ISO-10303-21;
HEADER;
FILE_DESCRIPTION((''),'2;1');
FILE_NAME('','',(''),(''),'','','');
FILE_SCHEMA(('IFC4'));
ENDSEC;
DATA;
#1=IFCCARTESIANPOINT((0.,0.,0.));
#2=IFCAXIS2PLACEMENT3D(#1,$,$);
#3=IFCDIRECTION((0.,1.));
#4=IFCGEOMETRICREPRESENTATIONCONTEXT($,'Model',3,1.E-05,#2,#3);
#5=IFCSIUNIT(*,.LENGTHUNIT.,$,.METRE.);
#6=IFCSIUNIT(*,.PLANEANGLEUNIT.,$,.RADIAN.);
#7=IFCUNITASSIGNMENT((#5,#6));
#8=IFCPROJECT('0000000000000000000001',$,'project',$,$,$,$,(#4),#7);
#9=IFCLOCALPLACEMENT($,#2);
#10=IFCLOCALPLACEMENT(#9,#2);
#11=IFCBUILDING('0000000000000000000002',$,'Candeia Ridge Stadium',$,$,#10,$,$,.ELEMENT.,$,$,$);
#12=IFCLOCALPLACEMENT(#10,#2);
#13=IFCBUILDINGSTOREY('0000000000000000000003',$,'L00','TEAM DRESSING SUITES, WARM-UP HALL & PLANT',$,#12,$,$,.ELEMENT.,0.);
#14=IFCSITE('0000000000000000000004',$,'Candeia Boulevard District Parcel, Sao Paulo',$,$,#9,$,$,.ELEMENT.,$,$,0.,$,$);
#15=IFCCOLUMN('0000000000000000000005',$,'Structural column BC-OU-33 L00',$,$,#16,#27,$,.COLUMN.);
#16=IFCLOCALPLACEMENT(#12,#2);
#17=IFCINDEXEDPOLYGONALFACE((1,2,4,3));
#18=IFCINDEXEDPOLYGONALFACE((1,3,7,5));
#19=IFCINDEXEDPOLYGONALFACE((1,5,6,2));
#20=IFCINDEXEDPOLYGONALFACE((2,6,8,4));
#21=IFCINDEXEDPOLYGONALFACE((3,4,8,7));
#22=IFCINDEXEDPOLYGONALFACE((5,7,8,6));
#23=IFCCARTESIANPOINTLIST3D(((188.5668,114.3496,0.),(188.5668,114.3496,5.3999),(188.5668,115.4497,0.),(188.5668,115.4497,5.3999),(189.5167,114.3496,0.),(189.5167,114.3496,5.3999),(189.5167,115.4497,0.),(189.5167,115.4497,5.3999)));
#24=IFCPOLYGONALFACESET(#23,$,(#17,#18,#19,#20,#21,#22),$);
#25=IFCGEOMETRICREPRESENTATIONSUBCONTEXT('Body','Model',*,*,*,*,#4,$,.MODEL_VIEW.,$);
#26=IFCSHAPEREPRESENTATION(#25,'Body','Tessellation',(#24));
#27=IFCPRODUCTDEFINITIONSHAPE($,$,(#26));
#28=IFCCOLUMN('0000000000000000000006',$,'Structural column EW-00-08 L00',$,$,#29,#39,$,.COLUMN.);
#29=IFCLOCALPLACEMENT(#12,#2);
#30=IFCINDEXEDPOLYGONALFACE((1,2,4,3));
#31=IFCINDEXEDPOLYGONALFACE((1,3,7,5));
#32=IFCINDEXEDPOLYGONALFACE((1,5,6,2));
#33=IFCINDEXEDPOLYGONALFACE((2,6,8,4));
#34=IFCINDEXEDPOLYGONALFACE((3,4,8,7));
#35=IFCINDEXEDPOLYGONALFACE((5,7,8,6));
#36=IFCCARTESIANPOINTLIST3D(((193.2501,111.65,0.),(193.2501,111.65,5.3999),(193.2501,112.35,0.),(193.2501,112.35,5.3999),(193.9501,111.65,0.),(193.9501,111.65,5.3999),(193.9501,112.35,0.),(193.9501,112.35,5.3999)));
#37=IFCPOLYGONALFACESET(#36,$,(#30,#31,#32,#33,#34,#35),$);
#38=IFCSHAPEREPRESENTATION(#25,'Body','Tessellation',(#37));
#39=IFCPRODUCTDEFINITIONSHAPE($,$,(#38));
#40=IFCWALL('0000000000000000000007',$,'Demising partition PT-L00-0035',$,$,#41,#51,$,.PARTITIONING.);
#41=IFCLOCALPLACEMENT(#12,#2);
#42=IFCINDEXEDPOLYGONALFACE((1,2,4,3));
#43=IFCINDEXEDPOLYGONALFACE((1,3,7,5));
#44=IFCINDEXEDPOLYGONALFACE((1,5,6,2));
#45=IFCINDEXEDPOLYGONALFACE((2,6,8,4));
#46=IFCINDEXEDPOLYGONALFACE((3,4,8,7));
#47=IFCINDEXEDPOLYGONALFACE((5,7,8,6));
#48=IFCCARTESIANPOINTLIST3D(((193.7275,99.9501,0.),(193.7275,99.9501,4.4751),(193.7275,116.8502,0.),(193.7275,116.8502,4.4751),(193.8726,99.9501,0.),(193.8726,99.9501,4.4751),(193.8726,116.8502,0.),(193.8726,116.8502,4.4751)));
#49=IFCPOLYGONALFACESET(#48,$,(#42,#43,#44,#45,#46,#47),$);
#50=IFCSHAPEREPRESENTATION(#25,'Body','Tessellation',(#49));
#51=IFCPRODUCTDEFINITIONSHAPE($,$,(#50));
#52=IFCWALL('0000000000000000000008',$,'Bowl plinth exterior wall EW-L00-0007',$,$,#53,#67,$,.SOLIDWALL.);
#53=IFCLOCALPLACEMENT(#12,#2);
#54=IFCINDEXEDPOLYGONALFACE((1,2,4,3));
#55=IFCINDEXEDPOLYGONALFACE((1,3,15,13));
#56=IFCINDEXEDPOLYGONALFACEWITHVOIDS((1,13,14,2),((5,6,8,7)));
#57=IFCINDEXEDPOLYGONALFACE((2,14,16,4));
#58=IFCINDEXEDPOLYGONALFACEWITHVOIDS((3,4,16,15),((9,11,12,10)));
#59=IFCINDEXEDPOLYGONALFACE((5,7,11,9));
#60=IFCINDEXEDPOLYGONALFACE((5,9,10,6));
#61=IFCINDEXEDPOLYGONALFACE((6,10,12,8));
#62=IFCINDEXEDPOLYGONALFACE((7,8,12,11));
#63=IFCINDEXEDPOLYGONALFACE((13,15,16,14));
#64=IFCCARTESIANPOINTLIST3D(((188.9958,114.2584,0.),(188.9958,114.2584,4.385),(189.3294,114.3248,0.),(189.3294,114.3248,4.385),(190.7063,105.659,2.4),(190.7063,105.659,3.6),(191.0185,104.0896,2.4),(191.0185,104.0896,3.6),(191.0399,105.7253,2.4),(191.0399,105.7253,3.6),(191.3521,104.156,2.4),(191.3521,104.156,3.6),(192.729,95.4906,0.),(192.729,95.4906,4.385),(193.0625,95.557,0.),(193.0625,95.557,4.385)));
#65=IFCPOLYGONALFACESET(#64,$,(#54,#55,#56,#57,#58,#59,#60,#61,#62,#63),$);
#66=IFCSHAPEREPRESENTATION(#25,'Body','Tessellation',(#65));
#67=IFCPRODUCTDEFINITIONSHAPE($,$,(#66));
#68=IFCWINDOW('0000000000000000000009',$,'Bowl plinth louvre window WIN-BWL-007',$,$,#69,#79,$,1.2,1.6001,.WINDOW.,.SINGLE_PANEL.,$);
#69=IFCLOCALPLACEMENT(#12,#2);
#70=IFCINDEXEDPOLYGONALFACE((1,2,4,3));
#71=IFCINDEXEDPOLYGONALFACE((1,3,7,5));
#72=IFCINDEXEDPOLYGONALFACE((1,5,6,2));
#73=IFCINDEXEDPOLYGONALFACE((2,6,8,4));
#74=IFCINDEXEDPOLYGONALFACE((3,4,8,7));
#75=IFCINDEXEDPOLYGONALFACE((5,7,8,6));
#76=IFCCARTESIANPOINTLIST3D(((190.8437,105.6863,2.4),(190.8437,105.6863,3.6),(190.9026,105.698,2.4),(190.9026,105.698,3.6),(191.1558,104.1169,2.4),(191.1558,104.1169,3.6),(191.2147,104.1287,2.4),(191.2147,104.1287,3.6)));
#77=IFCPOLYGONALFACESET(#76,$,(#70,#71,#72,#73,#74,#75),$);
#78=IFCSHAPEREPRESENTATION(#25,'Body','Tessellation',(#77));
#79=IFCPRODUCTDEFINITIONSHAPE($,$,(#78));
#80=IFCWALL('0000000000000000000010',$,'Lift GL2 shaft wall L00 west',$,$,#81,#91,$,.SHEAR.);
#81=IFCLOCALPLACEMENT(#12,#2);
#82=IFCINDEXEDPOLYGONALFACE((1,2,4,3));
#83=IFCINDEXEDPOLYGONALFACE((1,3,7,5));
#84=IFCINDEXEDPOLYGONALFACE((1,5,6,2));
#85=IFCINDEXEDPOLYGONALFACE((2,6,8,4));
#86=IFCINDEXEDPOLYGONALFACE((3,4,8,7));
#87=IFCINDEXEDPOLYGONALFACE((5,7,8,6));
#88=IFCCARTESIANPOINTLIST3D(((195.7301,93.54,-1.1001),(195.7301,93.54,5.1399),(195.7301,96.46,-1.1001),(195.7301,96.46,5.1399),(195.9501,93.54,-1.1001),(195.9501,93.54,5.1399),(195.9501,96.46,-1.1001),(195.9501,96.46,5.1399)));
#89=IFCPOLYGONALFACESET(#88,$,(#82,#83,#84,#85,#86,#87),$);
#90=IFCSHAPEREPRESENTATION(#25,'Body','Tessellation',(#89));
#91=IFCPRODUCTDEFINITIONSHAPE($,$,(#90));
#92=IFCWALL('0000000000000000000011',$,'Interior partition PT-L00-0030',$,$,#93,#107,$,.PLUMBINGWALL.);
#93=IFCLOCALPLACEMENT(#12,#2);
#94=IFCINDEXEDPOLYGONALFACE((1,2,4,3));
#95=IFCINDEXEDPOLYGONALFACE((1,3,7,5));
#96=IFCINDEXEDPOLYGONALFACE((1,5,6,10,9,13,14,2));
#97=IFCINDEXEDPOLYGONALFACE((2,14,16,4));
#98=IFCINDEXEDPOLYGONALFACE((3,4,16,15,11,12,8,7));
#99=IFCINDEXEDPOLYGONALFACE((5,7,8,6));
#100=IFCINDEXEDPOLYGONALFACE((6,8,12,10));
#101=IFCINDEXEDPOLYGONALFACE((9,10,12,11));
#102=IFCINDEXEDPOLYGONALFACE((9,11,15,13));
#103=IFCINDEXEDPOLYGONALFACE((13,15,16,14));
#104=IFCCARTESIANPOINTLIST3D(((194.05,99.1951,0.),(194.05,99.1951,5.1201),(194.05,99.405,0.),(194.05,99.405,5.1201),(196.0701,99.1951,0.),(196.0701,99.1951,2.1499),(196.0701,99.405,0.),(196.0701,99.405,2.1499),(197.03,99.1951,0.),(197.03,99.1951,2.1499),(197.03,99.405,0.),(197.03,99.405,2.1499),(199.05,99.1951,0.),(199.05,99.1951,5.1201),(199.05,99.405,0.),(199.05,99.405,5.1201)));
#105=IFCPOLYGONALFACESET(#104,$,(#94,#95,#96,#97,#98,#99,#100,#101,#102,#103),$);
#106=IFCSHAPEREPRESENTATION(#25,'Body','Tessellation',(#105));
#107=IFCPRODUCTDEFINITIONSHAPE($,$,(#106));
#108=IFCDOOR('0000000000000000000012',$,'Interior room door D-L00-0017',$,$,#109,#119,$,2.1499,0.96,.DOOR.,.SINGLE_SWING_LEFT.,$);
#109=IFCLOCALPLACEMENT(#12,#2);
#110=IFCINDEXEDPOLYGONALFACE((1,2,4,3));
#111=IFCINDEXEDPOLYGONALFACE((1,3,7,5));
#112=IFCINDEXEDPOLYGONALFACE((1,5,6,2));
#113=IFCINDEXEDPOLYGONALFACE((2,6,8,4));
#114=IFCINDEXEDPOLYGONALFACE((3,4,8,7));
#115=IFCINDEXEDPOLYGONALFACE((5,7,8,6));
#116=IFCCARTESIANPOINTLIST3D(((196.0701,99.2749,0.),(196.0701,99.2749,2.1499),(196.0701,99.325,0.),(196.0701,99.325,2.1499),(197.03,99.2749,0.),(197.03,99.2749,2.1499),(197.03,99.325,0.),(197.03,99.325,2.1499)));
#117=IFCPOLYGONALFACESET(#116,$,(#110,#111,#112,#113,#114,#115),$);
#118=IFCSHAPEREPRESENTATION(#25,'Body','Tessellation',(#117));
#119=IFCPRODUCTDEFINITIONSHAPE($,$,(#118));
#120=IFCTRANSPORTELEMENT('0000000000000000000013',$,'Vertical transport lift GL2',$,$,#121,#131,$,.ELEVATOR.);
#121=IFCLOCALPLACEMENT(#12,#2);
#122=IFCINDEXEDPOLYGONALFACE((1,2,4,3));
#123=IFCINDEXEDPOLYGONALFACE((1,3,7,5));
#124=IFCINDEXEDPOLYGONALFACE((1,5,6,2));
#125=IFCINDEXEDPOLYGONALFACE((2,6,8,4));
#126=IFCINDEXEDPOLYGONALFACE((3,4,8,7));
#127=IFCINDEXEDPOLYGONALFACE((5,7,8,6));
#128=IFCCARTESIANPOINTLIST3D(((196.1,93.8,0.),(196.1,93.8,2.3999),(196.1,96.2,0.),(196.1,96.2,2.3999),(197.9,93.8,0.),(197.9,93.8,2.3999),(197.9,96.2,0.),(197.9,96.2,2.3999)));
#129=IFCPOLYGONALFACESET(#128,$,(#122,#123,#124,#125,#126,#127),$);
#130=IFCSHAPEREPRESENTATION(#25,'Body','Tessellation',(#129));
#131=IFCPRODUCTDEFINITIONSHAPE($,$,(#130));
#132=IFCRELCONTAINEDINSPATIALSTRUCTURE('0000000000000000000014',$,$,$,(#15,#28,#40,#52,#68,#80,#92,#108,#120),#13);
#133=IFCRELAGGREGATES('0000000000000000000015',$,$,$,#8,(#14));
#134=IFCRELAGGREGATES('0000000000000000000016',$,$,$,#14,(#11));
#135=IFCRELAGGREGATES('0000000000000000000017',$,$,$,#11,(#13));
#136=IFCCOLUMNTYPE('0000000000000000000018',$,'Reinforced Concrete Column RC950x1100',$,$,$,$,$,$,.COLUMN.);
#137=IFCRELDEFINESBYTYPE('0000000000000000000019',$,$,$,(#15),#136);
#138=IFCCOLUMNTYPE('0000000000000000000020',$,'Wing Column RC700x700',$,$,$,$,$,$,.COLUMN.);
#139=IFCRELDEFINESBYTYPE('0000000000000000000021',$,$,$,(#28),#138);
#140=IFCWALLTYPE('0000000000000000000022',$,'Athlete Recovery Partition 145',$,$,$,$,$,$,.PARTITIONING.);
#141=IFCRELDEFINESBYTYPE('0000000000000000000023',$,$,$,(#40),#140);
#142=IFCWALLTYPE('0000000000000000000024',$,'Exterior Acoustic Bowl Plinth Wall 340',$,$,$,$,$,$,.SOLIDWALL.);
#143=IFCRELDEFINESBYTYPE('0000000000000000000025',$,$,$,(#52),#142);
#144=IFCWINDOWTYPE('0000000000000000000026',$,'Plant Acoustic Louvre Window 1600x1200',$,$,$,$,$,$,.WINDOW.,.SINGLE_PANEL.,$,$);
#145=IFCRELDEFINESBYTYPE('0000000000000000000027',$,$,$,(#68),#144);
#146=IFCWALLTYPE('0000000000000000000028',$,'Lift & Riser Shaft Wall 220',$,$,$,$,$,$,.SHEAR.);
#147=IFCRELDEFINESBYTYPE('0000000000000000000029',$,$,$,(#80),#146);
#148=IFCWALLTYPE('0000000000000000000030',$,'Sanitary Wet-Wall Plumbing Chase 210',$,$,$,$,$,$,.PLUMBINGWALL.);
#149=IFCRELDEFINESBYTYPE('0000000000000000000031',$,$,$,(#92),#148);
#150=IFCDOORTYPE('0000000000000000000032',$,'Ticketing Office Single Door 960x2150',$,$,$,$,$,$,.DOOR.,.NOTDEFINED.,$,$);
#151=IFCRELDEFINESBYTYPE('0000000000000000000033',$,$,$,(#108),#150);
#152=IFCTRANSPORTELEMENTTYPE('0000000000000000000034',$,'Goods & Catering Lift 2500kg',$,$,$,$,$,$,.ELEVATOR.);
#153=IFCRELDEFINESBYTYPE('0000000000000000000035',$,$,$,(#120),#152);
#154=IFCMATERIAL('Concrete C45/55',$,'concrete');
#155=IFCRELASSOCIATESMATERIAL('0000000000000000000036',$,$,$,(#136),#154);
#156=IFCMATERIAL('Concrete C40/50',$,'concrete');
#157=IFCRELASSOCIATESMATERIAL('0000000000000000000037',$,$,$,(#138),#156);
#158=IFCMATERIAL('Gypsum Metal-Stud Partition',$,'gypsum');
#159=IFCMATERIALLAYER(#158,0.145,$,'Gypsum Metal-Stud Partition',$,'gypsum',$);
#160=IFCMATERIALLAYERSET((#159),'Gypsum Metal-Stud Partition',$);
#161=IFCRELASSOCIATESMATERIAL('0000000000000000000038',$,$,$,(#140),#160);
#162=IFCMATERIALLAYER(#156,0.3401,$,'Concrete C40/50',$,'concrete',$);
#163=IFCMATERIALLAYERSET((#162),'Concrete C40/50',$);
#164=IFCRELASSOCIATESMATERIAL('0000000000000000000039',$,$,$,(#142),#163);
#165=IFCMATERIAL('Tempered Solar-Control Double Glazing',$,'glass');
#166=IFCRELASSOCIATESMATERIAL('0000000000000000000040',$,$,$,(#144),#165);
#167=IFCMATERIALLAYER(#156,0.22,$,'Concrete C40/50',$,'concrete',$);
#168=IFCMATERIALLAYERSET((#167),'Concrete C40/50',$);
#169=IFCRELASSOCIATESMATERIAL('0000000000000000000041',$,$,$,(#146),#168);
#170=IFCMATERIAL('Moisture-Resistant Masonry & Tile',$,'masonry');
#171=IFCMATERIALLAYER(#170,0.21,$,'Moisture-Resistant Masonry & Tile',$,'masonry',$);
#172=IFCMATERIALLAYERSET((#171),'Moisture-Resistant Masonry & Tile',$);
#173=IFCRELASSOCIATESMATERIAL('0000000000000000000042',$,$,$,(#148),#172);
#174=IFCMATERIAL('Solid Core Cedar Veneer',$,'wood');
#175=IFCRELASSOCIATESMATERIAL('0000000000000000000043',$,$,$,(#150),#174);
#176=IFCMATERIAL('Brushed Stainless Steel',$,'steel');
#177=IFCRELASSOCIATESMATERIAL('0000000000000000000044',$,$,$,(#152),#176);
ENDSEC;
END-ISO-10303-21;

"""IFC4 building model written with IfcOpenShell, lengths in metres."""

from ifc_helpers import new_model, si_unit, direction, frame, frame_2d, origin, origin_2d, place, context, subcontext, project, spatial, rectangle, extrude, material, layer, layer_set, material_profile, profile_set, type_object, element, fill, save


model = new_model("IFC4")

# Units and contexts
model_context = context("Model", 3, precision=1e-05, world=origin(), true_north=direction((0.0, 1.0)))
body_context = subcontext(model_context, "Body", "Model", "MODEL_VIEW")
ifc_project = project(units=[si_unit("LENGTHUNIT", "METRE"), si_unit("PLANEANGLEUNIT", "RADIAN")], contexts=[model_context])

# Site, building, storey
site_placement = place(None, origin())
site = spatial("IfcSite", under=ifc_project, at=site_placement, Name="Candeia Boulevard District Parcel, Sao Paulo", CompositionType="ELEMENT", RefElevation=0.0)
building_placement = place(site_placement, origin())
building = spatial("IfcBuilding", under=site, at=building_placement, Name="Candeia Ridge Stadium", CompositionType="ELEMENT")
storey_placement = place(building_placement, origin())
storey = spatial("IfcBuildingStorey", under=building, at=storey_placement, Name="L00", Description="TEAM DRESSING SUITES, WARM-UP HALL & PLANT", CompositionType="ELEMENT", Elevation=0.0)

# Shared definitions
ifc_material_1 = material(Name="Concrete C40/50", Category="concrete")

# Columns
ifc_material_2 = material(Name="Concrete C45/55", Category="concrete")
ifc_material_profile_1 = material_profile(ifc_material_2, rectangle(XDim=0.95, YDim=1.1001, at=origin_2d()), Name="RC950x1100", Category="concrete")
ifc_profile_set_1 = profile_set([ifc_material_profile_1], Name="Concrete C45/55")
column_type_1 = type_object("IfcColumnType", Name="Reinforced Concrete Column RC950x1100", PredefinedType="COLUMN", material=ifc_profile_set_1)
column_1_placement = place(storey_placement, frame((189.0417, 114.8997, 0.0), z_axis=(0.0, 0.0, 1.0), x_axis=(1.0, 0.0, 0.0)))
element("IfcColumn", 1, at=column_1_placement, inside=storey, type_object=column_type_1, Name="Structural column BC-OU-33 L00", PredefinedType="COLUMN", context=body_context, shape_type="SweptSolid", body=[
    extrude(rectangle(XDim=0.95, YDim=1.1001, at=origin_2d()), origin(), (0.0, 0.0, 1.0), 5.3999),
])
ifc_material_profile_2 = material_profile(ifc_material_1, rectangle(XDim=0.7, YDim=0.7, at=origin_2d()), Name="RC700x700", Category="concrete")
ifc_profile_set_2 = profile_set([ifc_material_profile_2], Name="Concrete C40/50")
column_type_2 = type_object("IfcColumnType", Name="Wing Column RC700x700", PredefinedType="COLUMN", material=ifc_profile_set_2)
column_2_placement = place(storey_placement, frame((193.6001, 112.0, 0.0), z_axis=(0.0, 0.0, 1.0), x_axis=(1.0, 0.0, 0.0)))
element("IfcColumn", 2, at=column_2_placement, inside=storey, type_object=column_type_2, Name="Structural column EW-00-08 L00", PredefinedType="COLUMN", context=body_context, shape_type="SweptSolid", body=[
    extrude(rectangle(XDim=0.7, YDim=0.7, at=origin_2d()), origin(), (0.0, 0.0, 1.0), 5.3999),
])

# Wall
ifc_material_3 = material(Name="Gypsum Metal-Stud Partition", Category="gypsum")
ifc_layer_1 = layer(ifc_material_3, 0.145, Name="Gypsum Metal-Stud Partition", Category="gypsum")
ifc_layer_set_1 = layer_set([ifc_layer_1], Name="Gypsum Metal-Stud Partition")
wall_type_1 = type_object("IfcWallType", Name="Athlete Recovery Partition 145", PredefinedType="PARTITIONING", material=ifc_layer_set_1)
wall_1_placement = place(storey_placement, frame((193.8, 99.95, 0.0), z_axis=(0.0, 0.0, 1.0), x_axis=(0.0, 1.0, 0.0)))
element("IfcWall", 3, at=wall_1_placement, inside=storey, type_object=wall_type_1, Name="Demising partition PT-L00-0035", PredefinedType="PARTITIONING", context=body_context, shape_type="SweptSolid", body=[
    extrude(rectangle(XDim=16.9001, YDim=0.145, at=frame_2d((8.4502, 0.0))), origin(), (0.0, 0.0, 1.0), 4.4751),
])

# Wall, opening, window
ifc_layer_2 = layer(ifc_material_1, 0.3401, Name="Concrete C40/50", Category="concrete")
ifc_layer_set_2 = layer_set([ifc_layer_2], Name="Concrete C40/50")
wall_type_2 = type_object("IfcWallType", Name="Exterior Acoustic Bowl Plinth Wall 340", PredefinedType="SOLIDWALL", material=ifc_layer_set_2)
wall_2_placement = place(storey_placement, frame((192.8958, 95.5237, 0.0), z_axis=(0.0, 0.0, 1.0), x_axis=(-0.19509, 0.980785, 0.0)))
wall_2 = element("IfcWall", 4, at=wall_2_placement, inside=storey, type_object=wall_type_2, Name="Bowl plinth exterior wall EW-L00-0007", PredefinedType="SOLIDWALL", context=body_context, shape_type="SweptSolid", body=[
    extrude(rectangle(XDim=19.1355, YDim=0.3401, at=frame_2d((9.5679, 0.0))), origin(), (0.0, 0.0, 1.0), 4.385),
])
opening_1_placement = place(wall_2_placement, frame((8.7676, 0.0, 2.3999)))
opening_1 = element("IfcOpeningElement", 5, at=opening_1_placement, cuts=wall_2, PredefinedType="OPENING", context=body_context, shape_type="SweptSolid", body=[
    extrude(rectangle(XDim=1.6001, YDim=1.2, at=frame_2d((0.8, 0.6001))), frame((0.0, 0.1799, 0.0), z_axis=(0.0, -1.0, 0.0), x_axis=(1.0, 0.0, 0.0)), (0.0, 0.0, 1.0), 0.3601),
])
ifc_material_4 = material(Name="Tempered Solar-Control Double Glazing", Category="glass")
window_type = type_object("IfcWindowType", Name="Plant Acoustic Louvre Window 1600x1200", PartitioningType="SINGLE_PANEL", PredefinedType="WINDOW", material=ifc_material_4)
window_placement = place(opening_1_placement, origin())
window = element("IfcWindow", 6, at=window_placement, inside=storey, type_object=window_type, Name="Bowl plinth louvre window WIN-BWL-007", OverallHeight=1.2, OverallWidth=1.6001, PartitioningType="SINGLE_PANEL", PredefinedType="WINDOW", context=body_context, shape_type="SweptSolid", body=[
    extrude(rectangle(XDim=1.6001, YDim=1.2, at=frame_2d((0.8, 0.6001))), frame((0.0, 0.03, 0.0), z_axis=(0.0, -1.0, 0.0), x_axis=(1.0, 0.0, 0.0)), (0.0, 0.0, 1.0), 0.0601),
])
fill(opening_1, window)

# Wall
ifc_layer_3 = layer(ifc_material_1, 0.22, Name="Concrete C40/50", Category="concrete")
ifc_layer_set_3 = layer_set([ifc_layer_3], Name="Concrete C40/50")
wall_type_3 = type_object("IfcWallType", Name="Lift & Riser Shaft Wall 220", PredefinedType="SHEAR", material=ifc_layer_set_3)
wall_3_placement = place(storey_placement, frame((195.8401, 96.46, -1.1001), z_axis=(0.0, 0.0, 1.0), x_axis=(0.0, -1.0, 0.0)))
element("IfcWall", 7, at=wall_3_placement, inside=storey, type_object=wall_type_3, Name="Lift GL2 shaft wall L00 west", PredefinedType="SHEAR", context=body_context, shape_type="SweptSolid", body=[
    extrude(rectangle(XDim=2.9199, YDim=0.22, at=frame_2d((1.46, 0.0))), origin(), (0.0, 0.0, 1.0), 6.24),
])

# Wall, opening, door
ifc_material_5 = material(Name="Moisture-Resistant Masonry & Tile", Category="masonry")
ifc_layer_4 = layer(ifc_material_5, 0.21, Name="Moisture-Resistant Masonry & Tile", Category="masonry")
ifc_layer_set_4 = layer_set([ifc_layer_4], Name="Moisture-Resistant Masonry & Tile")
wall_type_4 = type_object("IfcWallType", Name="Sanitary Wet-Wall Plumbing Chase 210", PredefinedType="PLUMBINGWALL", material=ifc_layer_set_4)
wall_4_placement = place(storey_placement, frame((194.05, 99.3, 0.0), z_axis=(0.0, 0.0, 1.0), x_axis=(1.0, 0.0, 0.0)))
wall_4 = element("IfcWall", 8, at=wall_4_placement, inside=storey, type_object=wall_type_4, Name="Interior partition PT-L00-0030", PredefinedType="PLUMBINGWALL", context=body_context, shape_type="SweptSolid", body=[
    extrude(rectangle(XDim=5.0, YDim=0.21, at=frame_2d((2.5, 0.0))), origin(), (0.0, 0.0, 1.0), 5.1201),
])
opening_2_placement = place(wall_4_placement, frame((2.02, 0.0, 0.0)))
opening_2 = element("IfcOpeningElement", 9, at=opening_2_placement, cuts=wall_4, PredefinedType="OPENING", context=body_context, shape_type="SweptSolid", body=[
    extrude(rectangle(XDim=0.96, YDim=2.1499, at=frame_2d((0.48, 1.075))), frame((0.0, 0.115, 0.0), z_axis=(0.0, -1.0, 0.0), x_axis=(1.0, 0.0, 0.0)), (0.0, 0.0, 1.0), 0.23),
])
ifc_material_6 = material(Name="Solid Core Cedar Veneer", Category="wood")
door_type = type_object("IfcDoorType", Name="Ticketing Office Single Door 960x2150", OperationType="NOTDEFINED", PredefinedType="DOOR", material=ifc_material_6)
door_placement = place(opening_2_placement, origin())
door = element("IfcDoor", 10, at=door_placement, inside=storey, type_object=door_type, Name="Interior room door D-L00-0017", OperationType="SINGLE_SWING_LEFT", OverallHeight=2.1499, OverallWidth=0.96, PredefinedType="DOOR", context=body_context, shape_type="SweptSolid", body=[
    extrude(rectangle(XDim=0.96, YDim=2.1499, at=frame_2d((0.48, 1.075))), frame((0.0, 0.0249, 0.0), z_axis=(0.0, -1.0, 0.0), x_axis=(1.0, 0.0, 0.0)), (0.0, 0.0, 1.0), 0.05),
])
fill(opening_2, door)

# Transport element
ifc_material_7 = material(Name="Brushed Stainless Steel", Category="steel")
transport_element_type = type_object("IfcTransportElementType", Name="Goods & Catering Lift 2500kg", PredefinedType="ELEVATOR", material=ifc_material_7)
transport_element_placement = place(storey_placement, frame((197.0, 95.0, 0.0), z_axis=(0.0, 0.0, 1.0), x_axis=(1.0, 0.0, 0.0)))
element("IfcTransportElement", 11, at=transport_element_placement, inside=storey, type_object=transport_element_type, Name="Vertical transport lift GL2", PredefinedType="ELEVATOR", context=body_context, shape_type="SweptSolid", body=[
    extrude(rectangle(XDim=1.8, YDim=2.3999, at=origin_2d()), origin(), (0.0, 0.0, 1.0), 2.3999),
])

save(model, "model.ifc")
